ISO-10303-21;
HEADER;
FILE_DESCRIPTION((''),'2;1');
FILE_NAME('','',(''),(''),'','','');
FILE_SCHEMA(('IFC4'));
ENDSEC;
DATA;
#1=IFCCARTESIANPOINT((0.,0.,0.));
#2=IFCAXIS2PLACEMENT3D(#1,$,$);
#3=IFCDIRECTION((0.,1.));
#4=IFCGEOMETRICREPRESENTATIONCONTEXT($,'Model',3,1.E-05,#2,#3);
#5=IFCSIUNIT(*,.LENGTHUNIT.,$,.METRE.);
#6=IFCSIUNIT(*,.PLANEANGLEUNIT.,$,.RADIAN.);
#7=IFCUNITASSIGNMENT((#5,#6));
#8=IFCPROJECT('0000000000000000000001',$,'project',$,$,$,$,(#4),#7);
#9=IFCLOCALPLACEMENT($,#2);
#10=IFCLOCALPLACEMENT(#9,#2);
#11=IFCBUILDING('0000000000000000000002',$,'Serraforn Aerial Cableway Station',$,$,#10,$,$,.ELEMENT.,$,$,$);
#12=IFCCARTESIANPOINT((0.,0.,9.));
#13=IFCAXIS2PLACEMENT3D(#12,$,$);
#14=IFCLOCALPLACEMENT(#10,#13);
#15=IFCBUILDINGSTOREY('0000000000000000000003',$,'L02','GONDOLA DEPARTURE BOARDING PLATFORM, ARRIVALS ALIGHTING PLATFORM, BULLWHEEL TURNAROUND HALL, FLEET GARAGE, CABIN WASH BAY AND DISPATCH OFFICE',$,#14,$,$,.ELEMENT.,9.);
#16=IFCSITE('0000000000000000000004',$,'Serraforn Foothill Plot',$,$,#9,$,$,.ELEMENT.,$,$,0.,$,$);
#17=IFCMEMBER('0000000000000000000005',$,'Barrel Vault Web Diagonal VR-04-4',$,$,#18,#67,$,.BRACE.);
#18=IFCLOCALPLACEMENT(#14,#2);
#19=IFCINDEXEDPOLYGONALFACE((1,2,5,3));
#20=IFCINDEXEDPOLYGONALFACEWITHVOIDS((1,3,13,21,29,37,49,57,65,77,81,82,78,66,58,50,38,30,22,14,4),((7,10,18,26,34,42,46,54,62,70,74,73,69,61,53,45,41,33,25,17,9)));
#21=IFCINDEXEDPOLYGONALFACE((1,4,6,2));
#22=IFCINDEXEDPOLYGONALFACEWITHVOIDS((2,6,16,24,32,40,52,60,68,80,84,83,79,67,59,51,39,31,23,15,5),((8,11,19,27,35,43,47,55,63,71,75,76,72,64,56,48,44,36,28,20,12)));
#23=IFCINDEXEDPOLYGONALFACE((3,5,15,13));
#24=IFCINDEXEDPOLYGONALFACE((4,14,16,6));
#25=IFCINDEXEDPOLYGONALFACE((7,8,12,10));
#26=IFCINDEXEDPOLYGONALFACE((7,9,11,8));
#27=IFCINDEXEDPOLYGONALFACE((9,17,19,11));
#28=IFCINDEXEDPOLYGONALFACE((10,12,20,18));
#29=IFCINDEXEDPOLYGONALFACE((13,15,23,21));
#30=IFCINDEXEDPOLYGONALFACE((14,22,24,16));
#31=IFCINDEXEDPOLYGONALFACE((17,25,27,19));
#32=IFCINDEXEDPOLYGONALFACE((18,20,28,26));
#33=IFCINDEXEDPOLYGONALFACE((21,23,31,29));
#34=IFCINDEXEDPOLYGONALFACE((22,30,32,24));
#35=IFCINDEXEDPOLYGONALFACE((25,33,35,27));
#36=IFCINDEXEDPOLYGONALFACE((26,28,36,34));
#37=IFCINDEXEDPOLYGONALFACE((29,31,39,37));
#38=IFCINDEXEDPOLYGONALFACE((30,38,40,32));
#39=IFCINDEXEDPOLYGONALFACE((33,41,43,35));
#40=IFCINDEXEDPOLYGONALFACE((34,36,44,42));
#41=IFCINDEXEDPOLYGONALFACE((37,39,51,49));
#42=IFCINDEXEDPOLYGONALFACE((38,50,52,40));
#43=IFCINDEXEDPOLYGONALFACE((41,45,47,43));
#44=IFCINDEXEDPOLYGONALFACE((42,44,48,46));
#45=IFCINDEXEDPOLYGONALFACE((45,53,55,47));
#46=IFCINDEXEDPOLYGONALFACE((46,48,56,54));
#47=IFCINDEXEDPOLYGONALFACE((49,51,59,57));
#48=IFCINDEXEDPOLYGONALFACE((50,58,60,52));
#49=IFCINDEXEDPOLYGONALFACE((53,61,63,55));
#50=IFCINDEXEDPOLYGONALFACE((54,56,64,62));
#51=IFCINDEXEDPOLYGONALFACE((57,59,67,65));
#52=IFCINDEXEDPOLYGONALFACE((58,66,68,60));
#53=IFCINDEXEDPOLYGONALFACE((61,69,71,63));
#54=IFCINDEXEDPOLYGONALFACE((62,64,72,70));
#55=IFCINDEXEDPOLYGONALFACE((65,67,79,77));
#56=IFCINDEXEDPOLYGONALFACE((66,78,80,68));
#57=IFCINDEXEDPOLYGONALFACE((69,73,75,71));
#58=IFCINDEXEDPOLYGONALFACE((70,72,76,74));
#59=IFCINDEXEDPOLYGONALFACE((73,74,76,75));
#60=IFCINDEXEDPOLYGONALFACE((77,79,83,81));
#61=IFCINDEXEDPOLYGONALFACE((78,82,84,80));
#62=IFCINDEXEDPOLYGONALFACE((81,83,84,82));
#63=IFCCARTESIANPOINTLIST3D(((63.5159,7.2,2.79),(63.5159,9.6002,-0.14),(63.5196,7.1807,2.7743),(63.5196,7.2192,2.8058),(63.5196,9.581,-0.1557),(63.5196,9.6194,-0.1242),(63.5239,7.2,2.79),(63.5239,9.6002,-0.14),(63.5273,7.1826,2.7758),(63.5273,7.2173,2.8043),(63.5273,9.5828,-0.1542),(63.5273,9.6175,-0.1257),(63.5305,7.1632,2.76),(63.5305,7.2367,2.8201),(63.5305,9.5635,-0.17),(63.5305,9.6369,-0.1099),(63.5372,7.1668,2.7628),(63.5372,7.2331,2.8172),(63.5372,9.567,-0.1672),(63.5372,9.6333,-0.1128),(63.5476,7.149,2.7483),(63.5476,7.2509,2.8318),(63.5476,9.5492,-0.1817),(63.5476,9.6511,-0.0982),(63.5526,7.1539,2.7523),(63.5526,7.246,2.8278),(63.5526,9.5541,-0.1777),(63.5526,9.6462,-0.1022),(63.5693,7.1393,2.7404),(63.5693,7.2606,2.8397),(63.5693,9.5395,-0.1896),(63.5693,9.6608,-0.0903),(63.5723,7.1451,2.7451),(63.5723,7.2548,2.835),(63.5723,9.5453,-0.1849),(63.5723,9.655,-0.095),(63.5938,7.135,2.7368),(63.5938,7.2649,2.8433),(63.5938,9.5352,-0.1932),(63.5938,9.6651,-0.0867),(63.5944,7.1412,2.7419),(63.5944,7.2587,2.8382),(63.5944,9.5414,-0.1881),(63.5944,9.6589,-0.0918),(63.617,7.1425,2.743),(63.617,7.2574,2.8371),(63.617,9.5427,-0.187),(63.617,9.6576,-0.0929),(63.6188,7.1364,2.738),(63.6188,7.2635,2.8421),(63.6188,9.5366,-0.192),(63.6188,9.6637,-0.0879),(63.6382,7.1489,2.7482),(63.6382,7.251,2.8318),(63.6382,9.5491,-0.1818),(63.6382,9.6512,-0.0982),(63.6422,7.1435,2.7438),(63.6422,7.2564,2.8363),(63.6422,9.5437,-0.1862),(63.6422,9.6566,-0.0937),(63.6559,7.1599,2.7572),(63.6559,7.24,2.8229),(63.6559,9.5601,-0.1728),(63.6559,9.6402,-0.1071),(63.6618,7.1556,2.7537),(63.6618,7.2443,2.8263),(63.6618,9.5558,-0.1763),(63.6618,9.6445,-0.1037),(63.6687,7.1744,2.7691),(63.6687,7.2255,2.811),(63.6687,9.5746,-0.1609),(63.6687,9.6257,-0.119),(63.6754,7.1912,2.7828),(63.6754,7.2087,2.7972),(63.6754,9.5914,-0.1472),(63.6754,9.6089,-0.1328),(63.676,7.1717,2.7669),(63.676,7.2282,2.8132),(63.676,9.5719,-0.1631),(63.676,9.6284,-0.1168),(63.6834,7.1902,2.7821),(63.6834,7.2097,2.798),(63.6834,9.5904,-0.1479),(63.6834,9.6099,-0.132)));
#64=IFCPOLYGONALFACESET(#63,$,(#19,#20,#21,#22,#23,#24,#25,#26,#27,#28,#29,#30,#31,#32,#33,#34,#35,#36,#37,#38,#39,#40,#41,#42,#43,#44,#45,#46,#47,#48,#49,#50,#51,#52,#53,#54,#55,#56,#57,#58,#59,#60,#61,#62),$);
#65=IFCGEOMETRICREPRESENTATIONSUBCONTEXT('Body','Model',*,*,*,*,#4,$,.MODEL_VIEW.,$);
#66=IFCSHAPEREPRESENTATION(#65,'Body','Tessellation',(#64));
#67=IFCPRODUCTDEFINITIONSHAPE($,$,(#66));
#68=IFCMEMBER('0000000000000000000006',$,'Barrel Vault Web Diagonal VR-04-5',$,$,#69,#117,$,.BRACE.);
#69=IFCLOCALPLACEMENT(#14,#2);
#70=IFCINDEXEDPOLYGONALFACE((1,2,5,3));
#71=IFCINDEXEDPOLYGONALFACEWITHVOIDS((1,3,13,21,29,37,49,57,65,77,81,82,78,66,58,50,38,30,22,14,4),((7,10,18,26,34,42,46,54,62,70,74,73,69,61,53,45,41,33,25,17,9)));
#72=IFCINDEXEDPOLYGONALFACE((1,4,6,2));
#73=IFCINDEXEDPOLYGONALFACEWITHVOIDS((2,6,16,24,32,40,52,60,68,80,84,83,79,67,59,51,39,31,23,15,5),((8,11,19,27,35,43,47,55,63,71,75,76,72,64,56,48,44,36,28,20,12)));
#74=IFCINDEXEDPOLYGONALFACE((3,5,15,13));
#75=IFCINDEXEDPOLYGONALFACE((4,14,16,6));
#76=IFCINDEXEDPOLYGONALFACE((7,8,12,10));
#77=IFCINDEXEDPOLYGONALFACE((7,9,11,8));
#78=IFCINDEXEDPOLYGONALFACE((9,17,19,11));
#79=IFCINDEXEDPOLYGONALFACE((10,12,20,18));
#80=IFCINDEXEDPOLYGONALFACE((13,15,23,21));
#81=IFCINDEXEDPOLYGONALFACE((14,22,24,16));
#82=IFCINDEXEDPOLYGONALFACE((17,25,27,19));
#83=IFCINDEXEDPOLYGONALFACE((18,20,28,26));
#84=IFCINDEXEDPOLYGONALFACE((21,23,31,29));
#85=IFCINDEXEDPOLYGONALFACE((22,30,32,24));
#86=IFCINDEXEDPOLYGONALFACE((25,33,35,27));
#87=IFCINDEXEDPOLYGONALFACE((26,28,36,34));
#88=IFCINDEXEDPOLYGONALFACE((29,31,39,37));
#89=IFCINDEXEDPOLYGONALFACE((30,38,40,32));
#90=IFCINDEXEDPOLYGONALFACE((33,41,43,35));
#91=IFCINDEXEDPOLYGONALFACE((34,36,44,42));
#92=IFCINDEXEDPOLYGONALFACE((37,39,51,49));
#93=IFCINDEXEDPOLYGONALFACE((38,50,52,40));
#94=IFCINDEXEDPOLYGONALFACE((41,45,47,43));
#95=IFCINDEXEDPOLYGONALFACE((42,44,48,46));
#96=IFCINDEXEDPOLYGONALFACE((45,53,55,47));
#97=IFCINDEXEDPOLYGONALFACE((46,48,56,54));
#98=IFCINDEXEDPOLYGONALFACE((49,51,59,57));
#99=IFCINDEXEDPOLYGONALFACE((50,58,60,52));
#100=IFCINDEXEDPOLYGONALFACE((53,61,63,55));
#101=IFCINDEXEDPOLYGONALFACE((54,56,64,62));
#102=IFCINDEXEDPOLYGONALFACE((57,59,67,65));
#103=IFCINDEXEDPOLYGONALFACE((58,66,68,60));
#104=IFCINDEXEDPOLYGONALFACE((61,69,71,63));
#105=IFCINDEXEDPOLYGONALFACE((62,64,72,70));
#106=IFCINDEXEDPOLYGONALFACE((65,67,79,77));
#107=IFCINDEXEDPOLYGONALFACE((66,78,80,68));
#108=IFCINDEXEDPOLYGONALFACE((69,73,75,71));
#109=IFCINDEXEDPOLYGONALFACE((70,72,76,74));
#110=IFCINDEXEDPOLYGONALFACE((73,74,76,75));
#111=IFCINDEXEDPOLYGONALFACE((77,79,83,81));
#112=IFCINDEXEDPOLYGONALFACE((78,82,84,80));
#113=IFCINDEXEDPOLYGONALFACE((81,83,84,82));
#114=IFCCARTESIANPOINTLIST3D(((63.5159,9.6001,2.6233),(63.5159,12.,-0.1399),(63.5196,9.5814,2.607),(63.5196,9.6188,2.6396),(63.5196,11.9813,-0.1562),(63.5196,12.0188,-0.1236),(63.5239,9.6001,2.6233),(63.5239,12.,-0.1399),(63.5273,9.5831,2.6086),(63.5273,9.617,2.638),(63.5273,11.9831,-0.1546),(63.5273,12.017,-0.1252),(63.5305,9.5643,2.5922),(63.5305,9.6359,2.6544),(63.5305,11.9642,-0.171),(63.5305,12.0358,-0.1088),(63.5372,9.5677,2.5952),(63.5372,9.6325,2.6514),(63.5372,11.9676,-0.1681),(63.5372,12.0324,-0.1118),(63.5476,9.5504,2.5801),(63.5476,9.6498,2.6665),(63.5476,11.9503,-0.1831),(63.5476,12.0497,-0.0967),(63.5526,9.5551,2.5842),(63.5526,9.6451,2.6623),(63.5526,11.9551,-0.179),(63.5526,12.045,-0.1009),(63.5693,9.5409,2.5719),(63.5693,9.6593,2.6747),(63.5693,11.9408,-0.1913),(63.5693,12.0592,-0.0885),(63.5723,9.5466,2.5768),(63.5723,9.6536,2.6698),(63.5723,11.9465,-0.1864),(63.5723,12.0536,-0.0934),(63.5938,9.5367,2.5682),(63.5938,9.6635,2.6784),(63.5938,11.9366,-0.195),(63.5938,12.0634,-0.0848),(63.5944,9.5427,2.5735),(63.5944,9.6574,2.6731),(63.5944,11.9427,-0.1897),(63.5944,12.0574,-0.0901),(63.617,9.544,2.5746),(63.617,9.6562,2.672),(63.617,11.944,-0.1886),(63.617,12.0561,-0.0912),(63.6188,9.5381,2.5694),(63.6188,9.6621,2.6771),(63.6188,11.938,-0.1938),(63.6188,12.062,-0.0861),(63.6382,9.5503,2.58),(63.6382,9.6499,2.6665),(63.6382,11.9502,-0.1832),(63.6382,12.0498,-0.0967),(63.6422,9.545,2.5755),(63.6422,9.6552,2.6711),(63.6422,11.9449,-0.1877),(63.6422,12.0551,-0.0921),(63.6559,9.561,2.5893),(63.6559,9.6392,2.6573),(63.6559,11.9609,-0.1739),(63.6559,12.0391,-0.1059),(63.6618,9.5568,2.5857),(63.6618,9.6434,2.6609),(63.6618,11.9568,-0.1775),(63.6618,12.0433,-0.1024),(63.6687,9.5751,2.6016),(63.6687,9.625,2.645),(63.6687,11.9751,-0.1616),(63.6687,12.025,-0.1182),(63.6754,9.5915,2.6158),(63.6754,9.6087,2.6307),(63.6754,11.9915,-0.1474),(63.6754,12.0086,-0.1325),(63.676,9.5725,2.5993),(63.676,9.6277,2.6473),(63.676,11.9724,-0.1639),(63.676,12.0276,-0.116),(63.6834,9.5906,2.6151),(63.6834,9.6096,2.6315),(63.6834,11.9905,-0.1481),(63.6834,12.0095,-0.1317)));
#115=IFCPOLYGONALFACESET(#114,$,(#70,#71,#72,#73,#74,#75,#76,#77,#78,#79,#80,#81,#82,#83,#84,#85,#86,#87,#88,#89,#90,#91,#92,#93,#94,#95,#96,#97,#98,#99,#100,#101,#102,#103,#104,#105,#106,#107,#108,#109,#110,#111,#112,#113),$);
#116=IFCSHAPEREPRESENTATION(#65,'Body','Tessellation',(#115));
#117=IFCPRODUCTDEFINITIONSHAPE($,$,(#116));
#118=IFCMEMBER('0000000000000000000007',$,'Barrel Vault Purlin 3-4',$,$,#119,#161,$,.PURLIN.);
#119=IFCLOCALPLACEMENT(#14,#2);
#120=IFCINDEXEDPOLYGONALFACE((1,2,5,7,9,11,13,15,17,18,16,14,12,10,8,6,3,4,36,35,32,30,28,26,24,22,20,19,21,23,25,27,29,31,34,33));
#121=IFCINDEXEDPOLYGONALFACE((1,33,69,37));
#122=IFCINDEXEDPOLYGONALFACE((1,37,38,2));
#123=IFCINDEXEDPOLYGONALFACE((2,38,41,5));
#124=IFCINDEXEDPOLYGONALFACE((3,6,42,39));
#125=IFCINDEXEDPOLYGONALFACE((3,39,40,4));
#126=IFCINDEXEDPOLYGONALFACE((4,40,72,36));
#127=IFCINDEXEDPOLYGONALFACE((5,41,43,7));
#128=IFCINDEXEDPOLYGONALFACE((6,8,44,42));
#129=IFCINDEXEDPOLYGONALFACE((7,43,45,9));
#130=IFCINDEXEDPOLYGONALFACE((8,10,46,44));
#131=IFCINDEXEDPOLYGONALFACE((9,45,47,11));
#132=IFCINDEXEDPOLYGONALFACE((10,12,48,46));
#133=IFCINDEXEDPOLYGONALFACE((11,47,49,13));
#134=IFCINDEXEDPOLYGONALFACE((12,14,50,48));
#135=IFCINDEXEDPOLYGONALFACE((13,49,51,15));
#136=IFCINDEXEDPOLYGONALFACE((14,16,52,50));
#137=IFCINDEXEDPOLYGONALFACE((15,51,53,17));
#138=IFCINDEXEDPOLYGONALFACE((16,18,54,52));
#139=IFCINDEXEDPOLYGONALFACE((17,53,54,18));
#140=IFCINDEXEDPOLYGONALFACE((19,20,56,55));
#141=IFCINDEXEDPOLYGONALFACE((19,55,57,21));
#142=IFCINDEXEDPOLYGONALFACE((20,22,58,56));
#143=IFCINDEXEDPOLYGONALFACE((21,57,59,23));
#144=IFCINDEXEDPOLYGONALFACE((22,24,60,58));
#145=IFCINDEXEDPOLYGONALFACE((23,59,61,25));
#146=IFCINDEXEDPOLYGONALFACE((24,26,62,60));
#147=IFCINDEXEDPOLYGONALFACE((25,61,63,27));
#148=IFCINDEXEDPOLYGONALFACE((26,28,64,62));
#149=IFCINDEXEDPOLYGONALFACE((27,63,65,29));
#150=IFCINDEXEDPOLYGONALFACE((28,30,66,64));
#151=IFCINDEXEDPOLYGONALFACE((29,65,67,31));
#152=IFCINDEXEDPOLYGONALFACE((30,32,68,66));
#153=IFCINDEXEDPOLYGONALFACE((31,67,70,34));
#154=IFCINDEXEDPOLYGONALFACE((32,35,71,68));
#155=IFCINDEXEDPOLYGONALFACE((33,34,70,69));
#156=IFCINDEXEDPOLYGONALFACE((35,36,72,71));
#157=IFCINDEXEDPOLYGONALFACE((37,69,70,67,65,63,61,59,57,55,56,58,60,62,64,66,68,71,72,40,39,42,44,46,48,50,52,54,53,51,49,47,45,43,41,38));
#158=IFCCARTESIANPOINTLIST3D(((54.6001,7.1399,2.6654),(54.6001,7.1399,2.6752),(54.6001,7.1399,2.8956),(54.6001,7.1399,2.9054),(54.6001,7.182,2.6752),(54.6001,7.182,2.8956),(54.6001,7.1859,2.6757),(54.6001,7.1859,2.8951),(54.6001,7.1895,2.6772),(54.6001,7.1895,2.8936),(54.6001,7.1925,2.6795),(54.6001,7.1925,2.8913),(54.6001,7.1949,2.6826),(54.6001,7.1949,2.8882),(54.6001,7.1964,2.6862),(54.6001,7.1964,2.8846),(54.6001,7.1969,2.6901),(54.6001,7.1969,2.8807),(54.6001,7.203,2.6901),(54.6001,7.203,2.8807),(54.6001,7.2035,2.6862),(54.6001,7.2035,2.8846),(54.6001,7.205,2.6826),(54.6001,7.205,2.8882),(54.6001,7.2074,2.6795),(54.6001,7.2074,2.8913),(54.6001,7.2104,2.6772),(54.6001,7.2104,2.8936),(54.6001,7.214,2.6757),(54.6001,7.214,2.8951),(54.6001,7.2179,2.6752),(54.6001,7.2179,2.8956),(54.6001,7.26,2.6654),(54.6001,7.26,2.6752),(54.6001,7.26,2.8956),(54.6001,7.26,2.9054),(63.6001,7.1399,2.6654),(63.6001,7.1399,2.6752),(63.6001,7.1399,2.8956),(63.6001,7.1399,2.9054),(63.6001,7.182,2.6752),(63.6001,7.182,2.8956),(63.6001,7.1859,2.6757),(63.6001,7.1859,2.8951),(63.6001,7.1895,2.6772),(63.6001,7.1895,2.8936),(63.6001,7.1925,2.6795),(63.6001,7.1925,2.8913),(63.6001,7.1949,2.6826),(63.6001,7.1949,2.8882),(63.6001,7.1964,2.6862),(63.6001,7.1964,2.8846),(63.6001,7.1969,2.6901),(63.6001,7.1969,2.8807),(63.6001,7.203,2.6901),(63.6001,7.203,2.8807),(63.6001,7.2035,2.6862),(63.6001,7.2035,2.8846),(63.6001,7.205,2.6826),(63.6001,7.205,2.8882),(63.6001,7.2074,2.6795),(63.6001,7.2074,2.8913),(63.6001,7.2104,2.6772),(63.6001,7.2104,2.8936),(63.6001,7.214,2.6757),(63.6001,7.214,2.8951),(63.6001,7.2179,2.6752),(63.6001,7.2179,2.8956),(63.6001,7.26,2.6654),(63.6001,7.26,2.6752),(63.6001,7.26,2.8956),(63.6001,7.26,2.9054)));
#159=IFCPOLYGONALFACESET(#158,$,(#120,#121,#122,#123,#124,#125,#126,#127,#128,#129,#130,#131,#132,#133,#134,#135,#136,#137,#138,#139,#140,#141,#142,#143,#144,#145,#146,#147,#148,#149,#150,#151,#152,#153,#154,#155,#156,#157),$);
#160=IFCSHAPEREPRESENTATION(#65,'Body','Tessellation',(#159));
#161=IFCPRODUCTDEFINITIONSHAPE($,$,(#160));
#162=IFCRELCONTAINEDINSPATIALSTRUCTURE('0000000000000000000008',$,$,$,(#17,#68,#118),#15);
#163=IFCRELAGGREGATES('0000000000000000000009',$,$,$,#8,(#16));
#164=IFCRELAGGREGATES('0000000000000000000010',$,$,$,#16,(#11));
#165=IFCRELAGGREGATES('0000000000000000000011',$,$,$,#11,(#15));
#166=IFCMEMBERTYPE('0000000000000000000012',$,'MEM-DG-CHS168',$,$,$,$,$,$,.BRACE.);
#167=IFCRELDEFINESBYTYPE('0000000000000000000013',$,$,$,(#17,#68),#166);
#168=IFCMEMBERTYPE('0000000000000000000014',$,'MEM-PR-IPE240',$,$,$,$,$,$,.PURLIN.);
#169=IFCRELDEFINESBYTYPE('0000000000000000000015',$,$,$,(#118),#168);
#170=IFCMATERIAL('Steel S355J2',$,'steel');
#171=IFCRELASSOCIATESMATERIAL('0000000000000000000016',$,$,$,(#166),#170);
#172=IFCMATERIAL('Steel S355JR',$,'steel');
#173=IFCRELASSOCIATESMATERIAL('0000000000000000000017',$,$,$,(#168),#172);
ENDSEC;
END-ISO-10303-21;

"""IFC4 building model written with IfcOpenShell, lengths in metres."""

from ifc_helpers import new_model, si_unit, direction, frame, origin, origin_2d, place, context, subcontext, project, spatial, hollow_circle, i_section, extrude, material, material_profile, profile_set, type_object, element, save


model = new_model("IFC4")

# Units and contexts
model_context = context("Model", 3, precision=1e-05, world=origin(), true_north=direction((0.0, 1.0)))
body_context = subcontext(model_context, "Body", "Model", "MODEL_VIEW")
ifc_project = project(units=[si_unit("LENGTHUNIT", "METRE"), si_unit("PLANEANGLEUNIT", "RADIAN")], contexts=[model_context])

# Site, building, storey
site_placement = place(None, origin())
site = spatial("IfcSite", under=ifc_project, at=site_placement, Name="Serraforn Foothill Plot", CompositionType="ELEMENT", RefElevation=0.0)
building_placement = place(site_placement, origin())
building = spatial("IfcBuilding", under=site, at=building_placement, Name="Serraforn Aerial Cableway Station", CompositionType="ELEMENT")
storey_placement = place(building_placement, frame((0.0, 0.0, 9.0)))
storey = spatial("IfcBuildingStorey", under=building, at=storey_placement, Name="L02", Description="GONDOLA DEPARTURE BOARDING PLATFORM, ARRIVALS ALIGHTING PLATFORM, BULLWHEEL TURNAROUND HALL, FLEET GARAGE, CABIN WASH BAY AND DISPATCH OFFICE", CompositionType="ELEMENT", Elevation=9.0)

# Shared definitions
ifc_material_1 = material(Name="Steel S355JR", Category="steel")

# Members
ifc_material_2 = material(Name="Steel S355J2", Category="steel")
ifc_material_profile_1 = material_profile(ifc_material_2, hollow_circle(Radius=0.0842, WallThickness=0.0081, at=origin_2d()), Name="CHS 168.3x8.0")
ifc_profile_set_1 = profile_set([ifc_material_profile_1], Name="Steel S355J2")
member_type_1 = type_object("IfcMemberType", Name="MEM-DG-CHS168", PredefinedType="BRACE", material=ifc_profile_set_1)
member_1_placement = place(storey_placement, frame((63.6001, 7.2, 2.79), z_axis=(0.0, 0.633701, -0.773578), x_axis=(-1.0, 0.0, 0.0)))
element("IfcMember", 1, at=member_1_placement, inside=storey, type_object=member_type_1, Name="Barrel Vault Web Diagonal VR-04-4", PredefinedType="BRACE", context=body_context, shape_type="SweptSolid", body=[
    extrude(hollow_circle(Radius=0.0842, WallThickness=0.0081, at=origin_2d()), origin(), (0.0, 0.0, 1.0), 3.7876),
])
member_2_placement = place(storey_placement, frame((63.6001, 9.6001, 2.6233), z_axis=(0.0, 0.655733, -0.754993), x_axis=(-1.0, 0.0, 0.0)))
element("IfcMember", 2, at=member_2_placement, inside=storey, type_object=member_type_1, Name="Barrel Vault Web Diagonal VR-04-5", PredefinedType="BRACE", context=body_context, shape_type="SweptSolid", body=[
    extrude(hollow_circle(Radius=0.0842, WallThickness=0.0081, at=origin_2d()), origin(), (0.0, 0.0, 1.0), 3.6599),
])
ifc_material_profile_2 = material_profile(ifc_material_1, i_section(OverallWidth=0.1201, OverallDepth=0.24, WebThickness=0.0061, FlangeThickness=0.0098, FilletRadius=0.0149, at=origin_2d()), Name="IPE 240")
ifc_profile_set_2 = profile_set([ifc_material_profile_2], Name="Steel S355JR")
member_type_2 = type_object("IfcMemberType", Name="MEM-PR-IPE240", PredefinedType="PURLIN", material=ifc_profile_set_2)
for number, where, z_axis, x_axis, name in (
    (3, (54.6001, 7.2, 2.7854), (1.0, 0.0, 0.0), (0.0, 1.0, 0.0), "Barrel Vault Purlin 3-4"),
):
    element("IfcMember", number, at=place(storey_placement, frame(where, z_axis=z_axis, x_axis=x_axis)), inside=storey, type_object=member_type_2, Name=name, PredefinedType="PURLIN", context=body_context, shape_type="SweptSolid", body=[
        extrude(i_section(OverallWidth=0.1201, OverallDepth=0.24, WebThickness=0.0061, FlangeThickness=0.0098, FilletRadius=0.0149, at=origin_2d()), origin(), (0.0, 0.0, 1.0), 9.0),
    ])

save(model, "model.ifc")
